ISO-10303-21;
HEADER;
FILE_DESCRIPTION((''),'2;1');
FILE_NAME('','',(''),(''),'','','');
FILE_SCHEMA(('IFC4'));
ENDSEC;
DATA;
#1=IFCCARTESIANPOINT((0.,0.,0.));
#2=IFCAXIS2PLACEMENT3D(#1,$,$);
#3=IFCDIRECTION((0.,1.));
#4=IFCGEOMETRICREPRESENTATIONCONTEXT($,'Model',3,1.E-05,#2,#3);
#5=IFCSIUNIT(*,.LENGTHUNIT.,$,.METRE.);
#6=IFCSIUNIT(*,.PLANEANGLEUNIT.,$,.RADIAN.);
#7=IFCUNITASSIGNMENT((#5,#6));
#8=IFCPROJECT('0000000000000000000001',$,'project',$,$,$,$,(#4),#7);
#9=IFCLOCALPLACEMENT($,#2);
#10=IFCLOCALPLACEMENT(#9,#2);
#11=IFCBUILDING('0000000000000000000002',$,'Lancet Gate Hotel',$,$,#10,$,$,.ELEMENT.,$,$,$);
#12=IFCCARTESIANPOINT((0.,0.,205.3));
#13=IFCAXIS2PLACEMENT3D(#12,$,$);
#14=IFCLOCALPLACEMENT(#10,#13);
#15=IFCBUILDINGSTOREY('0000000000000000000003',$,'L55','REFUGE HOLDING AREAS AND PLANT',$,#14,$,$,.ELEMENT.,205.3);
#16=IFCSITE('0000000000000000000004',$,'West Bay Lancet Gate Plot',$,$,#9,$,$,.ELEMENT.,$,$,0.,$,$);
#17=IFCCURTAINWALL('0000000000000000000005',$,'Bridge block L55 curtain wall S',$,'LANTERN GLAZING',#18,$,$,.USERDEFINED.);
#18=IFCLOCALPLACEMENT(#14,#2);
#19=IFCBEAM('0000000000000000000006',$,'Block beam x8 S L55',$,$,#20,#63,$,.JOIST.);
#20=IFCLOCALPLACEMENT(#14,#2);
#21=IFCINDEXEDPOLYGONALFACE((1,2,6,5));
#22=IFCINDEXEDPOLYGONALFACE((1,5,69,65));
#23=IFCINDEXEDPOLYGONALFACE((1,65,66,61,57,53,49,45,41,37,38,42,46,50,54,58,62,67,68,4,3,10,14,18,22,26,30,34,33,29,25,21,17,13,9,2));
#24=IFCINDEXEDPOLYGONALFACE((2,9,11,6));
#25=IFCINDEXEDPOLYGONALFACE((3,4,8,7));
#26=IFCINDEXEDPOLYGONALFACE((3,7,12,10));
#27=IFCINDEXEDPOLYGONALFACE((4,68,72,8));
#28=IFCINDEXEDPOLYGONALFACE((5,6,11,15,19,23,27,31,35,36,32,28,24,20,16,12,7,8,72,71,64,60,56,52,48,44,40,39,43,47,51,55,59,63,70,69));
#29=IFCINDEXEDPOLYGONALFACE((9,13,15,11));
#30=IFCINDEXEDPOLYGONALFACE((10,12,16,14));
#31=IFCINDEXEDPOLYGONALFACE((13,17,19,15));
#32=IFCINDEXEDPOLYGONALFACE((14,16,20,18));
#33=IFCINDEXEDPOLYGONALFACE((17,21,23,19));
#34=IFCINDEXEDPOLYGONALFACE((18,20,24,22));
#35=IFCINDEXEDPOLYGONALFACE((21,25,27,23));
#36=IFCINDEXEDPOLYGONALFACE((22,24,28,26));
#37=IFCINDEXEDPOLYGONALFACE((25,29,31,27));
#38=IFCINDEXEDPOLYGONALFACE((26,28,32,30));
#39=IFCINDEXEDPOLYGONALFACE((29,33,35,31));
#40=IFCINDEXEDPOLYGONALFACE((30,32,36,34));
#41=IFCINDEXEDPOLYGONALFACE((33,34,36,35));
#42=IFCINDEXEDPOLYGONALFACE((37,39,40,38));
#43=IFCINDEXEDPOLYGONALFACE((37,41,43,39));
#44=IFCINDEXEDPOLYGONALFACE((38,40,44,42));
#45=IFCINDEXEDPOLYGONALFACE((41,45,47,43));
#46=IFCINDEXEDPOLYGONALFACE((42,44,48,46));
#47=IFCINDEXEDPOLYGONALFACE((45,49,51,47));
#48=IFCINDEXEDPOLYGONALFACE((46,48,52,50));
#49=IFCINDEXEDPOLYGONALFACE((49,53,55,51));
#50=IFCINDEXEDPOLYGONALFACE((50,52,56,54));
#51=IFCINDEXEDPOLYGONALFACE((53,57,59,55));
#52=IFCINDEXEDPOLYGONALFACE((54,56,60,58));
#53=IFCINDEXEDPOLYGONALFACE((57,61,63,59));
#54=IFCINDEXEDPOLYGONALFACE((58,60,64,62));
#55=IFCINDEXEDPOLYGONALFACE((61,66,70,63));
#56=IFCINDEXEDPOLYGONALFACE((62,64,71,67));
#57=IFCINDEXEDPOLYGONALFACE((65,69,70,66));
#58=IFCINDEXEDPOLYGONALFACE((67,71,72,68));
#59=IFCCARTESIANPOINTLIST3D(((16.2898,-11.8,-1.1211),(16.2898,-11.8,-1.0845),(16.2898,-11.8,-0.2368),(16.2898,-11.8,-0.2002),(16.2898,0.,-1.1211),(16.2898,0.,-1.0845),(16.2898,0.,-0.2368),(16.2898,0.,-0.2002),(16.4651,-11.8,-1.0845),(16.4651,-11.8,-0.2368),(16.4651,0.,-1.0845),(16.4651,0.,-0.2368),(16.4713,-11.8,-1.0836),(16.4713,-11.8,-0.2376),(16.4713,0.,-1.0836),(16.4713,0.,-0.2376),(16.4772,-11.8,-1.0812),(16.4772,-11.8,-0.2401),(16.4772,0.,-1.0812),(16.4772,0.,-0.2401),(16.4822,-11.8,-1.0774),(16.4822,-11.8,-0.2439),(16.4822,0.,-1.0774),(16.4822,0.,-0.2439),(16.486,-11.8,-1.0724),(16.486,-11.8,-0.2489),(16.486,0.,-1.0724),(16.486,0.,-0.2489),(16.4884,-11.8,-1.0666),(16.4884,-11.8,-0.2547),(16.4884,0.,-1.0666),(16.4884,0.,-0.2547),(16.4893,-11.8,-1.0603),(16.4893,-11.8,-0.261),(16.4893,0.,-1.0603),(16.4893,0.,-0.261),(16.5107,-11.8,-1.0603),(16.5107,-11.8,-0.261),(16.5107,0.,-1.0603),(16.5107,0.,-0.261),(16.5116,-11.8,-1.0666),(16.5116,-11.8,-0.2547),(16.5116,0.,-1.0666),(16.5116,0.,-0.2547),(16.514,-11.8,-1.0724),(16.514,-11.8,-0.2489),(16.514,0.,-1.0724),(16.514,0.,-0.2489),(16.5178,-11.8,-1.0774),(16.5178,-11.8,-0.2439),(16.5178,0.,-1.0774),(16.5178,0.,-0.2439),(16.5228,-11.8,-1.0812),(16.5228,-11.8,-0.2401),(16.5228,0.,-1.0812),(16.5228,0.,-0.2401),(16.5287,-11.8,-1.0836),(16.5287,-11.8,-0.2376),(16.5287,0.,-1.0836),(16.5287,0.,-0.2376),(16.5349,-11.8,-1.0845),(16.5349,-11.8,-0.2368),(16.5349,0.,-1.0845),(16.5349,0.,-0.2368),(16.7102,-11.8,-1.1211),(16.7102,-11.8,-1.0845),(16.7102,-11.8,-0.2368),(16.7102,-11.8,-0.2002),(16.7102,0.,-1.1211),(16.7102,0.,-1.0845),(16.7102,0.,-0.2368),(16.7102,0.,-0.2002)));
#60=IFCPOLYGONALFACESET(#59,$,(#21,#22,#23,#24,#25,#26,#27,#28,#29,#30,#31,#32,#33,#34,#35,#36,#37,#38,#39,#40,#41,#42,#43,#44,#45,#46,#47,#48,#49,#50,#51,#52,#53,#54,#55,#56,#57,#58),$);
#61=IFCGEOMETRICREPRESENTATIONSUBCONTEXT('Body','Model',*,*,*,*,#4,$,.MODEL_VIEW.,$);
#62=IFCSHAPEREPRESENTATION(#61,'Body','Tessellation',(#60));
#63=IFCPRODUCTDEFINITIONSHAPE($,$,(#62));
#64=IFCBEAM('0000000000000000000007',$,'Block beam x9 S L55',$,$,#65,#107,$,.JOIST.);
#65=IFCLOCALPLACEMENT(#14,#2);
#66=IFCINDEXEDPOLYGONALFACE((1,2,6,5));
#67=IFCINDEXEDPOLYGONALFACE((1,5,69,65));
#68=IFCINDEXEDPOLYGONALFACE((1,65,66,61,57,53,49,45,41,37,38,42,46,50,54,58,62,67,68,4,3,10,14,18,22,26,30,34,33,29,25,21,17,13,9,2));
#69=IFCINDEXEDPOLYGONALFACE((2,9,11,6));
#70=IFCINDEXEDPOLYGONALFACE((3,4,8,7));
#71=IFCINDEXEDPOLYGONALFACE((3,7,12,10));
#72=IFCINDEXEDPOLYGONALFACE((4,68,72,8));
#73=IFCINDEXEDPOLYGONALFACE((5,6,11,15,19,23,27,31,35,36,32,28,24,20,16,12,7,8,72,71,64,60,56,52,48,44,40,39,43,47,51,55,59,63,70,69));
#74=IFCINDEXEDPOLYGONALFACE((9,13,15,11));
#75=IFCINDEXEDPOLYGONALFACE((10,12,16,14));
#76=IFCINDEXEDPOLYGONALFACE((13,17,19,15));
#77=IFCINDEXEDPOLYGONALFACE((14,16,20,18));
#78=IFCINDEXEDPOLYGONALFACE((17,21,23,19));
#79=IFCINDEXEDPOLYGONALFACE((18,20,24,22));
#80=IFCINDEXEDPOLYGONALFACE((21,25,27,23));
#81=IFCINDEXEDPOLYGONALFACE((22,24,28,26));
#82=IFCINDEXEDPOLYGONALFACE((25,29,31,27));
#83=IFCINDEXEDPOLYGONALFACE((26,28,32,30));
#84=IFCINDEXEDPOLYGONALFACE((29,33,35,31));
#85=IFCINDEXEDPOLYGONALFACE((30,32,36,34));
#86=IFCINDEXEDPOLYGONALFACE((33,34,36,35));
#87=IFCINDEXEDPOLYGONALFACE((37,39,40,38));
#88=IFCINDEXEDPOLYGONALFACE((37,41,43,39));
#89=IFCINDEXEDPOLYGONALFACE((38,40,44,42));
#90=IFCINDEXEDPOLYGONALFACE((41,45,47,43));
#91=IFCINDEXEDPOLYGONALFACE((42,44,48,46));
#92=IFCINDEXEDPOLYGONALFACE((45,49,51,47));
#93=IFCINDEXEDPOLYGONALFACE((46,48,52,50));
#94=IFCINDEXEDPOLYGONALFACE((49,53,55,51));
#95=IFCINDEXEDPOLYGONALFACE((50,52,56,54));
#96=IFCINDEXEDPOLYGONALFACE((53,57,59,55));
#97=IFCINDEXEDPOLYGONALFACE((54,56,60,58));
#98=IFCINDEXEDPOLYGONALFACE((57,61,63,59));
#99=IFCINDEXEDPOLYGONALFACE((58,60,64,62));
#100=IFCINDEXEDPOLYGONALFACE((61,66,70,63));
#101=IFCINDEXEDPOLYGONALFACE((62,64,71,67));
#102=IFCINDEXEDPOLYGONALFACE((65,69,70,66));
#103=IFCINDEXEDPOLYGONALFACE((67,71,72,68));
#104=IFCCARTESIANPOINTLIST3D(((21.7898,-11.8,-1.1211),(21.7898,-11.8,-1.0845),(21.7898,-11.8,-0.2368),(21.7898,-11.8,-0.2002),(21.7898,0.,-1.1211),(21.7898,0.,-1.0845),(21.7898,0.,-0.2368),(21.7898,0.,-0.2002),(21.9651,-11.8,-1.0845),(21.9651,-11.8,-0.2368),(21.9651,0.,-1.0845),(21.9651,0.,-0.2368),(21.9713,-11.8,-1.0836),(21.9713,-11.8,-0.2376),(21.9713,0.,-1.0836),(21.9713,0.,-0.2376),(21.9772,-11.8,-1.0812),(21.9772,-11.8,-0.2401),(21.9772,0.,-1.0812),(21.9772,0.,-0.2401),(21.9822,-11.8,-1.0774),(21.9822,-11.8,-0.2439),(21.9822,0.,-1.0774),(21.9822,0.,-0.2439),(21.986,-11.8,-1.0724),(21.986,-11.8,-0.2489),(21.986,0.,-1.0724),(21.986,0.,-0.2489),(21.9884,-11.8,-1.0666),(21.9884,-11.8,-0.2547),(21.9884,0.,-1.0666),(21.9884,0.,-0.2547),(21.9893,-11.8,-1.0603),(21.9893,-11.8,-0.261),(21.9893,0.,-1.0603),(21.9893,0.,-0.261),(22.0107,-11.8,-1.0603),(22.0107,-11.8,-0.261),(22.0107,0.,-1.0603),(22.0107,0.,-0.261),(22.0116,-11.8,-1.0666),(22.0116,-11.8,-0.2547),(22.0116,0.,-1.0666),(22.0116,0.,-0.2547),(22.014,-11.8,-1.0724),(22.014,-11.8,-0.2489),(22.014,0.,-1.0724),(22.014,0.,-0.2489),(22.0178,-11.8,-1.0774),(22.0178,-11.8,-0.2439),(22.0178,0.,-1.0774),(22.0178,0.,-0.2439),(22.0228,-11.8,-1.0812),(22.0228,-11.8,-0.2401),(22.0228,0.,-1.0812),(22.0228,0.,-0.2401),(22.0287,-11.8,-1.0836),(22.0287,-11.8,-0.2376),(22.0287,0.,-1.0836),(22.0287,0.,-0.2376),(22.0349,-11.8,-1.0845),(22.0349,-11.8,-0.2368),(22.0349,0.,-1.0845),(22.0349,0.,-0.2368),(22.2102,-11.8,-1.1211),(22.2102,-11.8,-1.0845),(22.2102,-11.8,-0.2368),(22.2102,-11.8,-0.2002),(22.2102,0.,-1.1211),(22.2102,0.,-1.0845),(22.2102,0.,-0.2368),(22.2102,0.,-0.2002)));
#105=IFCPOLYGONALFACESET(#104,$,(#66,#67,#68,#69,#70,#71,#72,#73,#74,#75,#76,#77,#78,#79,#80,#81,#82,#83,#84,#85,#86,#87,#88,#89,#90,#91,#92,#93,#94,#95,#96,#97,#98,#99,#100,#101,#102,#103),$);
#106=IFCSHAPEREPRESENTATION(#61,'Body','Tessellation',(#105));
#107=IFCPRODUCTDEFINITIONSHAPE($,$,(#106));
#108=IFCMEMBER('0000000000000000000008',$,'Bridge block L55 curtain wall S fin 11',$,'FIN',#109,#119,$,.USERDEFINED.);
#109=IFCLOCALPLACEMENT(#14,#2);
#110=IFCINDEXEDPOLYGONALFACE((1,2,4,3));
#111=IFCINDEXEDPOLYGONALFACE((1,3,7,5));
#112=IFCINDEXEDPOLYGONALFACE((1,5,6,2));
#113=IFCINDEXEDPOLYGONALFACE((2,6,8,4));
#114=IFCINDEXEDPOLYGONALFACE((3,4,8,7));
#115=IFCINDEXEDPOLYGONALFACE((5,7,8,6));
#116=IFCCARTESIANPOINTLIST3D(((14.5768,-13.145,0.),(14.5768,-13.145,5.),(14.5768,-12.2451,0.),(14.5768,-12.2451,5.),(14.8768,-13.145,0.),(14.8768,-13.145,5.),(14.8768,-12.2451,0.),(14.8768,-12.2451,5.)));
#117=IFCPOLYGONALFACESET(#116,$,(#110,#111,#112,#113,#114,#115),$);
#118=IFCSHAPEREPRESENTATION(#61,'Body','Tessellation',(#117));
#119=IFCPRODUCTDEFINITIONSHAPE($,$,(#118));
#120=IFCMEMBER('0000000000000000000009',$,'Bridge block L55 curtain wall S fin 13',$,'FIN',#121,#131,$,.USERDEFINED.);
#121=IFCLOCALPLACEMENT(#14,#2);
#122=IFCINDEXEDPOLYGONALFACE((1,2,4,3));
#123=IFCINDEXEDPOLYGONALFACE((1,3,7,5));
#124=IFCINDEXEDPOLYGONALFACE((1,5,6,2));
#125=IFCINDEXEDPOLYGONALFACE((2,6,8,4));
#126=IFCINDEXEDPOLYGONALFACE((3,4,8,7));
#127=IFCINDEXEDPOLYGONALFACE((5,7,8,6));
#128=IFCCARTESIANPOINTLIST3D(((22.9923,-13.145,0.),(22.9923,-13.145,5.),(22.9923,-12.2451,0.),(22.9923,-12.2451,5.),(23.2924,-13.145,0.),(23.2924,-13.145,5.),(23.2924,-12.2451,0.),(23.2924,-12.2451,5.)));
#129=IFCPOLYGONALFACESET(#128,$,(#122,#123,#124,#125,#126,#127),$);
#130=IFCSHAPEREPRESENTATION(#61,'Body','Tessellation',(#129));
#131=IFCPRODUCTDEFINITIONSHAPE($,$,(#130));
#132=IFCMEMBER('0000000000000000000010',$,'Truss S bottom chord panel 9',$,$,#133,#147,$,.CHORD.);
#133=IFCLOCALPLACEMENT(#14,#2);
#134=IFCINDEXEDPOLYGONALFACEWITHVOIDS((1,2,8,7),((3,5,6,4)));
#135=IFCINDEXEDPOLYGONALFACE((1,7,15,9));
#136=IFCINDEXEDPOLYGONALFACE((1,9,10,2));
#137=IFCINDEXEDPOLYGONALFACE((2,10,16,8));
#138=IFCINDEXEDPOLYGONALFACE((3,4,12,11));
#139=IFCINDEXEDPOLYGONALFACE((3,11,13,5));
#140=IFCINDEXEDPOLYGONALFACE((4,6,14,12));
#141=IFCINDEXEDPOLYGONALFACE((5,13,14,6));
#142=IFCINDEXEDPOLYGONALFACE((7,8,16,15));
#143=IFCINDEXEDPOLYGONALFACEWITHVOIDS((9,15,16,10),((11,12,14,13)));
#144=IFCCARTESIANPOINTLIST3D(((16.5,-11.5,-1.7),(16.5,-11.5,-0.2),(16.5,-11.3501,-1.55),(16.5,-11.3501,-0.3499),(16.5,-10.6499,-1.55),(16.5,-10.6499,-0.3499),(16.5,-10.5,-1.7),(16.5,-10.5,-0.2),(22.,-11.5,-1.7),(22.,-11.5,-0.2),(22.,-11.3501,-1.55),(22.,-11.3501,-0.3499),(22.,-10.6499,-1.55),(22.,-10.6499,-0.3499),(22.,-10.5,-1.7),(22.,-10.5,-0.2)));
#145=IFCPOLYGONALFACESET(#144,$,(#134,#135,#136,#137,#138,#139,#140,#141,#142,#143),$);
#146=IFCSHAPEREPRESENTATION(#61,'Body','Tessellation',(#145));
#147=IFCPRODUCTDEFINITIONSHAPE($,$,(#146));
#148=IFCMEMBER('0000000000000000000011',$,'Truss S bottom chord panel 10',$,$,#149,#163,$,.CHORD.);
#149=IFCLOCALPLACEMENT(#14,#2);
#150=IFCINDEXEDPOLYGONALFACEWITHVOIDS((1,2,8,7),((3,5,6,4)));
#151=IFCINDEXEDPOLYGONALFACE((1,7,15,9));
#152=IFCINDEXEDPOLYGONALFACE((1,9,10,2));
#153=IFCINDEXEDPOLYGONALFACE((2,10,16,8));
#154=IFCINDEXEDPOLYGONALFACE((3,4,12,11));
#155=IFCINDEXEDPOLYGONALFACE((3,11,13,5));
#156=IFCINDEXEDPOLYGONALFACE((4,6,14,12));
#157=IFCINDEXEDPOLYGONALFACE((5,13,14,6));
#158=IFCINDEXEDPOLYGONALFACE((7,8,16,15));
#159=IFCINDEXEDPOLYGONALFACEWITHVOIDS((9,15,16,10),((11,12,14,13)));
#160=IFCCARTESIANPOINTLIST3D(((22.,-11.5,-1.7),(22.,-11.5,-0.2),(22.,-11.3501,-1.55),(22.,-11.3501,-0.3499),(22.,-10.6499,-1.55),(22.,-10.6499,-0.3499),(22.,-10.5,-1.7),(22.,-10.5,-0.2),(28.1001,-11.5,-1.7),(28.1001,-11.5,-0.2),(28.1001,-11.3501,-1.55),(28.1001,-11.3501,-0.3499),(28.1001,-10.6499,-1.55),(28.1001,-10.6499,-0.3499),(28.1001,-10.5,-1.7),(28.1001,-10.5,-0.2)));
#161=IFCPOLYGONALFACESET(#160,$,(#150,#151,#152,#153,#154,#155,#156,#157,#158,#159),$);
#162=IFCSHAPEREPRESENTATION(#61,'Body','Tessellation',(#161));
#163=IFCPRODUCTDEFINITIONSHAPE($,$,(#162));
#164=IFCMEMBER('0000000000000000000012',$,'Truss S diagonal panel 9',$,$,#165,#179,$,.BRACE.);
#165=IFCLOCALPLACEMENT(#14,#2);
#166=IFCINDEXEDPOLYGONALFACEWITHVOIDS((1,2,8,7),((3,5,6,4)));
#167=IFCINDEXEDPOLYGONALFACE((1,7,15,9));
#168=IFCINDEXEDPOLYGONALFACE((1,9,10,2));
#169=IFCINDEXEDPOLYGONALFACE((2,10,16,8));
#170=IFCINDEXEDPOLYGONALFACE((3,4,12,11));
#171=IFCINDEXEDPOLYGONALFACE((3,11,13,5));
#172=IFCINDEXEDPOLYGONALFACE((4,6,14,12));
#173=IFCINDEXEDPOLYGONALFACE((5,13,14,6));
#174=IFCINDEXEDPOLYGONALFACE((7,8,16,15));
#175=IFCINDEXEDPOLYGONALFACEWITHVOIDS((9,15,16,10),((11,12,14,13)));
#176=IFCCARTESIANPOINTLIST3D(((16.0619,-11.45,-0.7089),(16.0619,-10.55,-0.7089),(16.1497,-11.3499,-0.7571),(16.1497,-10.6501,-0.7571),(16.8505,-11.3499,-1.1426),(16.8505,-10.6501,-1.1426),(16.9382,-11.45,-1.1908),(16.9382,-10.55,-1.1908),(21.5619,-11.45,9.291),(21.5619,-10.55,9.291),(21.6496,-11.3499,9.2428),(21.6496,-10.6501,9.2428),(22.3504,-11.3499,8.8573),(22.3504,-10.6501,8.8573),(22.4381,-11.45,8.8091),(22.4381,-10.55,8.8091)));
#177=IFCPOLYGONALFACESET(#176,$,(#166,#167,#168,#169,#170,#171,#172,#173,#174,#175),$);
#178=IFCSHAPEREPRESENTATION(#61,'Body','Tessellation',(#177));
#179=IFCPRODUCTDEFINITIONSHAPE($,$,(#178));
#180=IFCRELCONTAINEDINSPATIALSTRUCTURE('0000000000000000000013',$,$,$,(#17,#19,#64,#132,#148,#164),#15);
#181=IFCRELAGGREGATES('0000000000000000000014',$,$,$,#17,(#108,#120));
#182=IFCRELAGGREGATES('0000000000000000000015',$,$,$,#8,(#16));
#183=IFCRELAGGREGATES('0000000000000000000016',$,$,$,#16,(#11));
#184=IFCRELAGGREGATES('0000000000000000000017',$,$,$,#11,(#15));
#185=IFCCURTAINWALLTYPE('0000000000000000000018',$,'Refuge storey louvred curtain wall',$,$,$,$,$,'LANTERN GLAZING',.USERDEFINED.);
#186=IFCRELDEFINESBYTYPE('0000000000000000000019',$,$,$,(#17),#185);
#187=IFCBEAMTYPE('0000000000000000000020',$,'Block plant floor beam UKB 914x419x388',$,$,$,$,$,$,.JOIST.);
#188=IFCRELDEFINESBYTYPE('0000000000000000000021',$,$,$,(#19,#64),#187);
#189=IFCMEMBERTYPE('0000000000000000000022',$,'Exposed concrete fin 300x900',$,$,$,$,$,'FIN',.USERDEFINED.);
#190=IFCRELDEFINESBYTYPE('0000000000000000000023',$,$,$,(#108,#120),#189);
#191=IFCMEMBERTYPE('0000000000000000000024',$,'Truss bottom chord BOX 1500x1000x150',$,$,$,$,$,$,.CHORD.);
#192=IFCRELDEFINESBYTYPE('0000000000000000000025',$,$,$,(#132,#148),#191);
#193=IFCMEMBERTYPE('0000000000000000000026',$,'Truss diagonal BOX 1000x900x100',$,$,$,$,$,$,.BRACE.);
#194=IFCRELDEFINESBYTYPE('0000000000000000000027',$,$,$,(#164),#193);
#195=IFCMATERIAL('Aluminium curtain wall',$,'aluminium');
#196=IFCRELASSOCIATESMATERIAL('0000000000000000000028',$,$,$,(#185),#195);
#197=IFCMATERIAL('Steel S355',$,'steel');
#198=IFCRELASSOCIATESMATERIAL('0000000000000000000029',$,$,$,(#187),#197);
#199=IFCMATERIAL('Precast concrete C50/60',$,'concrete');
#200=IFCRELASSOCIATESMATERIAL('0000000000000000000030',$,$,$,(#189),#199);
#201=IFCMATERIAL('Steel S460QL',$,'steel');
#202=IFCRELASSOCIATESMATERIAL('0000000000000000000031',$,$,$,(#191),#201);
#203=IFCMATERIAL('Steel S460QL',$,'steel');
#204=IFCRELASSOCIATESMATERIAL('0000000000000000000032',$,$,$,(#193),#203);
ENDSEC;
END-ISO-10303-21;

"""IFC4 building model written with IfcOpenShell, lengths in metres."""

from ifc_helpers import new_model, si_unit, direction, frame, origin, origin_2d, place, context, subcontext, project, spatial, rectangle, hollow_rectangle, i_section, extrude, material, material_profile, profile_set, type_object, element, aggregate, save


model = new_model("IFC4")

# Units and contexts
model_context = context("Model", 3, precision=1e-05, world=origin(), true_north=direction((0.0, 1.0)))
body_context = subcontext(model_context, "Body", "Model", "MODEL_VIEW")
ifc_project = project(units=[si_unit("LENGTHUNIT", "METRE"), si_unit("PLANEANGLEUNIT", "RADIAN")], contexts=[model_context])

# Site, building, storey
site_placement = place(None, origin())
site = spatial("IfcSite", under=ifc_project, at=site_placement, Name="West Bay Lancet Gate Plot", CompositionType="ELEMENT", RefElevation=0.0)
building_placement = place(site_placement, origin())
building = spatial("IfcBuilding", under=site, at=building_placement, Name="Lancet Gate Hotel", CompositionType="ELEMENT")
storey_placement = place(building_placement, frame((0.0, 0.0, 205.3)))
storey = spatial("IfcBuildingStorey", under=building, at=storey_placement, Name="L55", Description="REFUGE HOLDING AREAS AND PLANT", CompositionType="ELEMENT", Elevation=205.3)

# Curtain wall
ifc_material_1 = material(Name="Aluminium curtain wall", Category="aluminium")
curtain_wall_type = type_object("IfcCurtainWallType", Name="Refuge storey louvred curtain wall", ElementType="LANTERN GLAZING", PredefinedType="USERDEFINED", material=ifc_material_1)
curtain_wall_placement = place(storey_placement, origin())
curtain_wall = element("IfcCurtainWall", 1, at=curtain_wall_placement, inside=storey, type_object=curtain_wall_type, Name="Bridge block L55 curtain wall S", ObjectType="LANTERN GLAZING", PredefinedType="USERDEFINED")

# Beams
ifc_material_2 = material(Name="Steel S355", Category="steel")
ifc_material_profile_1 = material_profile(ifc_material_2, i_section(OverallWidth=0.4204, OverallDepth=0.9209, WebThickness=0.0215, FlangeThickness=0.0366, FilletRadius=0.0242, at=origin_2d()), Name="UKB 914x419x388")
ifc_profile_set_1 = profile_set([ifc_material_profile_1], Name="Steel S355")
beam_type_1 = type_object("IfcBeamType", Name="Block plant floor beam UKB 914x419x388", PredefinedType="JOIST", material=ifc_profile_set_1)
for number, where, z_axis, x_axis, name in (
    (2, (16.5, -11.8, -0.6606), (0.0, 1.0, 0.0), (-1.0, 0.0, 0.0), "Block beam x8 S L55"),
    (3, (22.0, -11.8, -0.6606), (0.0, 1.0, 0.0), (-1.0, 0.0, 0.0), "Block beam x9 S L55"),
):
    element("IfcBeam", number, at=place(storey_placement, frame(where, z_axis=z_axis, x_axis=x_axis)), inside=storey, type_object=beam_type_1, Name=name, PredefinedType="JOIST", context=body_context, shape_type="SweptSolid", body=[
        extrude(i_section(OverallWidth=0.4204, OverallDepth=0.9209, WebThickness=0.0215, FlangeThickness=0.0366, FilletRadius=0.0242, at=origin_2d()), origin(), (0.0, 0.0, 1.0), 11.8),
    ])

# Members
ifc_material_3 = material(Name="Precast concrete C50/60", Category="concrete")
ifc_material_profile_2 = material_profile(ifc_material_3, rectangle(XDim=0.3, YDim=0.8999, at=origin_2d()), Name="FIN 300x900")
ifc_profile_set_2 = profile_set([ifc_material_profile_2], Name="Precast concrete C50/60")
member_type_1 = type_object("IfcMemberType", Name="Exposed concrete fin 300x900", ElementType="FIN", PredefinedType="USERDEFINED", material=ifc_profile_set_2)
member_1_placement = place(storey_placement, frame((14.7268, -12.6951, 0.0), z_axis=(0.0, 0.0, 1.0), x_axis=(1.0, 0.0, 0.0)))
member_1 = element("IfcMember", 4, at=member_1_placement, type_object=member_type_1, Name="Bridge block L55 curtain wall S fin 11", ObjectType="FIN", PredefinedType="USERDEFINED", context=body_context, shape_type="SweptSolid", body=[
    extrude(rectangle(XDim=0.3, YDim=0.8999, at=origin_2d()), origin(), (0.0, 0.0, 1.0), 5.0),
])
member_2_placement = place(storey_placement, frame((23.1423, -12.6951, 0.0), z_axis=(0.0, 0.0, 1.0), x_axis=(1.0, 0.0, 0.0)))
member_2 = element("IfcMember", 5, at=member_2_placement, type_object=member_type_1, Name="Bridge block L55 curtain wall S fin 13", ObjectType="FIN", PredefinedType="USERDEFINED", context=body_context, shape_type="SweptSolid", body=[
    extrude(rectangle(XDim=0.3, YDim=0.8999, at=origin_2d()), origin(), (0.0, 0.0, 1.0), 5.0),
])

# Members
ifc_material_4 = material(Name="Steel S460QL", Category="steel")
ifc_material_profile_3 = material_profile(ifc_material_4, hollow_rectangle(XDim=1.0, YDim=1.5, WallThickness=0.1499, at=origin_2d()), Name="BOX 1500x1000x150")
ifc_profile_set_3 = profile_set([ifc_material_profile_3], Name="Steel S460QL")
member_type_2 = type_object("IfcMemberType", Name="Truss bottom chord BOX 1500x1000x150", PredefinedType="CHORD", material=ifc_profile_set_3)
member_3_placement = place(storey_placement, frame((16.5, -11.0, -0.95), z_axis=(1.0, 0.0, 0.0), x_axis=(0.0, 1.0, 0.0)))
element("IfcMember", 6, at=member_3_placement, inside=storey, type_object=member_type_2, Name="Truss S bottom chord panel 9", PredefinedType="CHORD", context=body_context, shape_type="SweptSolid", body=[
    extrude(hollow_rectangle(XDim=1.0, YDim=1.5, WallThickness=0.1499, at=origin_2d()), origin(), (0.0, 0.0, 1.0), 5.5),
])
member_4_placement = place(storey_placement, frame((22.0, -11.0, -0.95), z_axis=(1.0, 0.0, 0.0), x_axis=(0.0, 1.0, 0.0)))
element("IfcMember", 7, at=member_4_placement, inside=storey, type_object=member_type_2, Name="Truss S bottom chord panel 10", PredefinedType="CHORD", context=body_context, shape_type="SweptSolid", body=[
    extrude(hollow_rectangle(XDim=1.0, YDim=1.5, WallThickness=0.1499, at=origin_2d()), origin(), (0.0, 0.0, 1.0), 6.1001),
])
ifc_material_5 = material(Name="Steel S460QL", Category="steel")
ifc_material_profile_4 = material_profile(ifc_material_5, hollow_rectangle(XDim=0.8999, YDim=1.0, WallThickness=0.1001, at=origin_2d()), Name="BOX 1000x900x100")
ifc_profile_set_4 = profile_set([ifc_material_profile_4], Name="Steel S460QL")
member_type_3 = type_object("IfcMemberType", Name="Truss diagonal BOX 1000x900x100", PredefinedType="BRACE", material=ifc_profile_set_4)
member_5_placement = place(storey_placement, frame((22.0, -11.0, 9.05), z_axis=(-0.481919, 0.0, -0.876216), x_axis=(0.0, -1.0, 0.0)))
element("IfcMember", 8, at=member_5_placement, inside=storey, type_object=member_type_3, Name="Truss S diagonal panel 9", PredefinedType="BRACE", context=body_context, shape_type="SweptSolid", body=[
    extrude(hollow_rectangle(XDim=0.8999, YDim=1.0, WallThickness=0.1001, at=origin_2d()), origin(), (0.0, 0.0, 1.0), 11.4126),
])

aggregate(curtain_wall, [member_1, member_2])

save(model, "model.ifc")
